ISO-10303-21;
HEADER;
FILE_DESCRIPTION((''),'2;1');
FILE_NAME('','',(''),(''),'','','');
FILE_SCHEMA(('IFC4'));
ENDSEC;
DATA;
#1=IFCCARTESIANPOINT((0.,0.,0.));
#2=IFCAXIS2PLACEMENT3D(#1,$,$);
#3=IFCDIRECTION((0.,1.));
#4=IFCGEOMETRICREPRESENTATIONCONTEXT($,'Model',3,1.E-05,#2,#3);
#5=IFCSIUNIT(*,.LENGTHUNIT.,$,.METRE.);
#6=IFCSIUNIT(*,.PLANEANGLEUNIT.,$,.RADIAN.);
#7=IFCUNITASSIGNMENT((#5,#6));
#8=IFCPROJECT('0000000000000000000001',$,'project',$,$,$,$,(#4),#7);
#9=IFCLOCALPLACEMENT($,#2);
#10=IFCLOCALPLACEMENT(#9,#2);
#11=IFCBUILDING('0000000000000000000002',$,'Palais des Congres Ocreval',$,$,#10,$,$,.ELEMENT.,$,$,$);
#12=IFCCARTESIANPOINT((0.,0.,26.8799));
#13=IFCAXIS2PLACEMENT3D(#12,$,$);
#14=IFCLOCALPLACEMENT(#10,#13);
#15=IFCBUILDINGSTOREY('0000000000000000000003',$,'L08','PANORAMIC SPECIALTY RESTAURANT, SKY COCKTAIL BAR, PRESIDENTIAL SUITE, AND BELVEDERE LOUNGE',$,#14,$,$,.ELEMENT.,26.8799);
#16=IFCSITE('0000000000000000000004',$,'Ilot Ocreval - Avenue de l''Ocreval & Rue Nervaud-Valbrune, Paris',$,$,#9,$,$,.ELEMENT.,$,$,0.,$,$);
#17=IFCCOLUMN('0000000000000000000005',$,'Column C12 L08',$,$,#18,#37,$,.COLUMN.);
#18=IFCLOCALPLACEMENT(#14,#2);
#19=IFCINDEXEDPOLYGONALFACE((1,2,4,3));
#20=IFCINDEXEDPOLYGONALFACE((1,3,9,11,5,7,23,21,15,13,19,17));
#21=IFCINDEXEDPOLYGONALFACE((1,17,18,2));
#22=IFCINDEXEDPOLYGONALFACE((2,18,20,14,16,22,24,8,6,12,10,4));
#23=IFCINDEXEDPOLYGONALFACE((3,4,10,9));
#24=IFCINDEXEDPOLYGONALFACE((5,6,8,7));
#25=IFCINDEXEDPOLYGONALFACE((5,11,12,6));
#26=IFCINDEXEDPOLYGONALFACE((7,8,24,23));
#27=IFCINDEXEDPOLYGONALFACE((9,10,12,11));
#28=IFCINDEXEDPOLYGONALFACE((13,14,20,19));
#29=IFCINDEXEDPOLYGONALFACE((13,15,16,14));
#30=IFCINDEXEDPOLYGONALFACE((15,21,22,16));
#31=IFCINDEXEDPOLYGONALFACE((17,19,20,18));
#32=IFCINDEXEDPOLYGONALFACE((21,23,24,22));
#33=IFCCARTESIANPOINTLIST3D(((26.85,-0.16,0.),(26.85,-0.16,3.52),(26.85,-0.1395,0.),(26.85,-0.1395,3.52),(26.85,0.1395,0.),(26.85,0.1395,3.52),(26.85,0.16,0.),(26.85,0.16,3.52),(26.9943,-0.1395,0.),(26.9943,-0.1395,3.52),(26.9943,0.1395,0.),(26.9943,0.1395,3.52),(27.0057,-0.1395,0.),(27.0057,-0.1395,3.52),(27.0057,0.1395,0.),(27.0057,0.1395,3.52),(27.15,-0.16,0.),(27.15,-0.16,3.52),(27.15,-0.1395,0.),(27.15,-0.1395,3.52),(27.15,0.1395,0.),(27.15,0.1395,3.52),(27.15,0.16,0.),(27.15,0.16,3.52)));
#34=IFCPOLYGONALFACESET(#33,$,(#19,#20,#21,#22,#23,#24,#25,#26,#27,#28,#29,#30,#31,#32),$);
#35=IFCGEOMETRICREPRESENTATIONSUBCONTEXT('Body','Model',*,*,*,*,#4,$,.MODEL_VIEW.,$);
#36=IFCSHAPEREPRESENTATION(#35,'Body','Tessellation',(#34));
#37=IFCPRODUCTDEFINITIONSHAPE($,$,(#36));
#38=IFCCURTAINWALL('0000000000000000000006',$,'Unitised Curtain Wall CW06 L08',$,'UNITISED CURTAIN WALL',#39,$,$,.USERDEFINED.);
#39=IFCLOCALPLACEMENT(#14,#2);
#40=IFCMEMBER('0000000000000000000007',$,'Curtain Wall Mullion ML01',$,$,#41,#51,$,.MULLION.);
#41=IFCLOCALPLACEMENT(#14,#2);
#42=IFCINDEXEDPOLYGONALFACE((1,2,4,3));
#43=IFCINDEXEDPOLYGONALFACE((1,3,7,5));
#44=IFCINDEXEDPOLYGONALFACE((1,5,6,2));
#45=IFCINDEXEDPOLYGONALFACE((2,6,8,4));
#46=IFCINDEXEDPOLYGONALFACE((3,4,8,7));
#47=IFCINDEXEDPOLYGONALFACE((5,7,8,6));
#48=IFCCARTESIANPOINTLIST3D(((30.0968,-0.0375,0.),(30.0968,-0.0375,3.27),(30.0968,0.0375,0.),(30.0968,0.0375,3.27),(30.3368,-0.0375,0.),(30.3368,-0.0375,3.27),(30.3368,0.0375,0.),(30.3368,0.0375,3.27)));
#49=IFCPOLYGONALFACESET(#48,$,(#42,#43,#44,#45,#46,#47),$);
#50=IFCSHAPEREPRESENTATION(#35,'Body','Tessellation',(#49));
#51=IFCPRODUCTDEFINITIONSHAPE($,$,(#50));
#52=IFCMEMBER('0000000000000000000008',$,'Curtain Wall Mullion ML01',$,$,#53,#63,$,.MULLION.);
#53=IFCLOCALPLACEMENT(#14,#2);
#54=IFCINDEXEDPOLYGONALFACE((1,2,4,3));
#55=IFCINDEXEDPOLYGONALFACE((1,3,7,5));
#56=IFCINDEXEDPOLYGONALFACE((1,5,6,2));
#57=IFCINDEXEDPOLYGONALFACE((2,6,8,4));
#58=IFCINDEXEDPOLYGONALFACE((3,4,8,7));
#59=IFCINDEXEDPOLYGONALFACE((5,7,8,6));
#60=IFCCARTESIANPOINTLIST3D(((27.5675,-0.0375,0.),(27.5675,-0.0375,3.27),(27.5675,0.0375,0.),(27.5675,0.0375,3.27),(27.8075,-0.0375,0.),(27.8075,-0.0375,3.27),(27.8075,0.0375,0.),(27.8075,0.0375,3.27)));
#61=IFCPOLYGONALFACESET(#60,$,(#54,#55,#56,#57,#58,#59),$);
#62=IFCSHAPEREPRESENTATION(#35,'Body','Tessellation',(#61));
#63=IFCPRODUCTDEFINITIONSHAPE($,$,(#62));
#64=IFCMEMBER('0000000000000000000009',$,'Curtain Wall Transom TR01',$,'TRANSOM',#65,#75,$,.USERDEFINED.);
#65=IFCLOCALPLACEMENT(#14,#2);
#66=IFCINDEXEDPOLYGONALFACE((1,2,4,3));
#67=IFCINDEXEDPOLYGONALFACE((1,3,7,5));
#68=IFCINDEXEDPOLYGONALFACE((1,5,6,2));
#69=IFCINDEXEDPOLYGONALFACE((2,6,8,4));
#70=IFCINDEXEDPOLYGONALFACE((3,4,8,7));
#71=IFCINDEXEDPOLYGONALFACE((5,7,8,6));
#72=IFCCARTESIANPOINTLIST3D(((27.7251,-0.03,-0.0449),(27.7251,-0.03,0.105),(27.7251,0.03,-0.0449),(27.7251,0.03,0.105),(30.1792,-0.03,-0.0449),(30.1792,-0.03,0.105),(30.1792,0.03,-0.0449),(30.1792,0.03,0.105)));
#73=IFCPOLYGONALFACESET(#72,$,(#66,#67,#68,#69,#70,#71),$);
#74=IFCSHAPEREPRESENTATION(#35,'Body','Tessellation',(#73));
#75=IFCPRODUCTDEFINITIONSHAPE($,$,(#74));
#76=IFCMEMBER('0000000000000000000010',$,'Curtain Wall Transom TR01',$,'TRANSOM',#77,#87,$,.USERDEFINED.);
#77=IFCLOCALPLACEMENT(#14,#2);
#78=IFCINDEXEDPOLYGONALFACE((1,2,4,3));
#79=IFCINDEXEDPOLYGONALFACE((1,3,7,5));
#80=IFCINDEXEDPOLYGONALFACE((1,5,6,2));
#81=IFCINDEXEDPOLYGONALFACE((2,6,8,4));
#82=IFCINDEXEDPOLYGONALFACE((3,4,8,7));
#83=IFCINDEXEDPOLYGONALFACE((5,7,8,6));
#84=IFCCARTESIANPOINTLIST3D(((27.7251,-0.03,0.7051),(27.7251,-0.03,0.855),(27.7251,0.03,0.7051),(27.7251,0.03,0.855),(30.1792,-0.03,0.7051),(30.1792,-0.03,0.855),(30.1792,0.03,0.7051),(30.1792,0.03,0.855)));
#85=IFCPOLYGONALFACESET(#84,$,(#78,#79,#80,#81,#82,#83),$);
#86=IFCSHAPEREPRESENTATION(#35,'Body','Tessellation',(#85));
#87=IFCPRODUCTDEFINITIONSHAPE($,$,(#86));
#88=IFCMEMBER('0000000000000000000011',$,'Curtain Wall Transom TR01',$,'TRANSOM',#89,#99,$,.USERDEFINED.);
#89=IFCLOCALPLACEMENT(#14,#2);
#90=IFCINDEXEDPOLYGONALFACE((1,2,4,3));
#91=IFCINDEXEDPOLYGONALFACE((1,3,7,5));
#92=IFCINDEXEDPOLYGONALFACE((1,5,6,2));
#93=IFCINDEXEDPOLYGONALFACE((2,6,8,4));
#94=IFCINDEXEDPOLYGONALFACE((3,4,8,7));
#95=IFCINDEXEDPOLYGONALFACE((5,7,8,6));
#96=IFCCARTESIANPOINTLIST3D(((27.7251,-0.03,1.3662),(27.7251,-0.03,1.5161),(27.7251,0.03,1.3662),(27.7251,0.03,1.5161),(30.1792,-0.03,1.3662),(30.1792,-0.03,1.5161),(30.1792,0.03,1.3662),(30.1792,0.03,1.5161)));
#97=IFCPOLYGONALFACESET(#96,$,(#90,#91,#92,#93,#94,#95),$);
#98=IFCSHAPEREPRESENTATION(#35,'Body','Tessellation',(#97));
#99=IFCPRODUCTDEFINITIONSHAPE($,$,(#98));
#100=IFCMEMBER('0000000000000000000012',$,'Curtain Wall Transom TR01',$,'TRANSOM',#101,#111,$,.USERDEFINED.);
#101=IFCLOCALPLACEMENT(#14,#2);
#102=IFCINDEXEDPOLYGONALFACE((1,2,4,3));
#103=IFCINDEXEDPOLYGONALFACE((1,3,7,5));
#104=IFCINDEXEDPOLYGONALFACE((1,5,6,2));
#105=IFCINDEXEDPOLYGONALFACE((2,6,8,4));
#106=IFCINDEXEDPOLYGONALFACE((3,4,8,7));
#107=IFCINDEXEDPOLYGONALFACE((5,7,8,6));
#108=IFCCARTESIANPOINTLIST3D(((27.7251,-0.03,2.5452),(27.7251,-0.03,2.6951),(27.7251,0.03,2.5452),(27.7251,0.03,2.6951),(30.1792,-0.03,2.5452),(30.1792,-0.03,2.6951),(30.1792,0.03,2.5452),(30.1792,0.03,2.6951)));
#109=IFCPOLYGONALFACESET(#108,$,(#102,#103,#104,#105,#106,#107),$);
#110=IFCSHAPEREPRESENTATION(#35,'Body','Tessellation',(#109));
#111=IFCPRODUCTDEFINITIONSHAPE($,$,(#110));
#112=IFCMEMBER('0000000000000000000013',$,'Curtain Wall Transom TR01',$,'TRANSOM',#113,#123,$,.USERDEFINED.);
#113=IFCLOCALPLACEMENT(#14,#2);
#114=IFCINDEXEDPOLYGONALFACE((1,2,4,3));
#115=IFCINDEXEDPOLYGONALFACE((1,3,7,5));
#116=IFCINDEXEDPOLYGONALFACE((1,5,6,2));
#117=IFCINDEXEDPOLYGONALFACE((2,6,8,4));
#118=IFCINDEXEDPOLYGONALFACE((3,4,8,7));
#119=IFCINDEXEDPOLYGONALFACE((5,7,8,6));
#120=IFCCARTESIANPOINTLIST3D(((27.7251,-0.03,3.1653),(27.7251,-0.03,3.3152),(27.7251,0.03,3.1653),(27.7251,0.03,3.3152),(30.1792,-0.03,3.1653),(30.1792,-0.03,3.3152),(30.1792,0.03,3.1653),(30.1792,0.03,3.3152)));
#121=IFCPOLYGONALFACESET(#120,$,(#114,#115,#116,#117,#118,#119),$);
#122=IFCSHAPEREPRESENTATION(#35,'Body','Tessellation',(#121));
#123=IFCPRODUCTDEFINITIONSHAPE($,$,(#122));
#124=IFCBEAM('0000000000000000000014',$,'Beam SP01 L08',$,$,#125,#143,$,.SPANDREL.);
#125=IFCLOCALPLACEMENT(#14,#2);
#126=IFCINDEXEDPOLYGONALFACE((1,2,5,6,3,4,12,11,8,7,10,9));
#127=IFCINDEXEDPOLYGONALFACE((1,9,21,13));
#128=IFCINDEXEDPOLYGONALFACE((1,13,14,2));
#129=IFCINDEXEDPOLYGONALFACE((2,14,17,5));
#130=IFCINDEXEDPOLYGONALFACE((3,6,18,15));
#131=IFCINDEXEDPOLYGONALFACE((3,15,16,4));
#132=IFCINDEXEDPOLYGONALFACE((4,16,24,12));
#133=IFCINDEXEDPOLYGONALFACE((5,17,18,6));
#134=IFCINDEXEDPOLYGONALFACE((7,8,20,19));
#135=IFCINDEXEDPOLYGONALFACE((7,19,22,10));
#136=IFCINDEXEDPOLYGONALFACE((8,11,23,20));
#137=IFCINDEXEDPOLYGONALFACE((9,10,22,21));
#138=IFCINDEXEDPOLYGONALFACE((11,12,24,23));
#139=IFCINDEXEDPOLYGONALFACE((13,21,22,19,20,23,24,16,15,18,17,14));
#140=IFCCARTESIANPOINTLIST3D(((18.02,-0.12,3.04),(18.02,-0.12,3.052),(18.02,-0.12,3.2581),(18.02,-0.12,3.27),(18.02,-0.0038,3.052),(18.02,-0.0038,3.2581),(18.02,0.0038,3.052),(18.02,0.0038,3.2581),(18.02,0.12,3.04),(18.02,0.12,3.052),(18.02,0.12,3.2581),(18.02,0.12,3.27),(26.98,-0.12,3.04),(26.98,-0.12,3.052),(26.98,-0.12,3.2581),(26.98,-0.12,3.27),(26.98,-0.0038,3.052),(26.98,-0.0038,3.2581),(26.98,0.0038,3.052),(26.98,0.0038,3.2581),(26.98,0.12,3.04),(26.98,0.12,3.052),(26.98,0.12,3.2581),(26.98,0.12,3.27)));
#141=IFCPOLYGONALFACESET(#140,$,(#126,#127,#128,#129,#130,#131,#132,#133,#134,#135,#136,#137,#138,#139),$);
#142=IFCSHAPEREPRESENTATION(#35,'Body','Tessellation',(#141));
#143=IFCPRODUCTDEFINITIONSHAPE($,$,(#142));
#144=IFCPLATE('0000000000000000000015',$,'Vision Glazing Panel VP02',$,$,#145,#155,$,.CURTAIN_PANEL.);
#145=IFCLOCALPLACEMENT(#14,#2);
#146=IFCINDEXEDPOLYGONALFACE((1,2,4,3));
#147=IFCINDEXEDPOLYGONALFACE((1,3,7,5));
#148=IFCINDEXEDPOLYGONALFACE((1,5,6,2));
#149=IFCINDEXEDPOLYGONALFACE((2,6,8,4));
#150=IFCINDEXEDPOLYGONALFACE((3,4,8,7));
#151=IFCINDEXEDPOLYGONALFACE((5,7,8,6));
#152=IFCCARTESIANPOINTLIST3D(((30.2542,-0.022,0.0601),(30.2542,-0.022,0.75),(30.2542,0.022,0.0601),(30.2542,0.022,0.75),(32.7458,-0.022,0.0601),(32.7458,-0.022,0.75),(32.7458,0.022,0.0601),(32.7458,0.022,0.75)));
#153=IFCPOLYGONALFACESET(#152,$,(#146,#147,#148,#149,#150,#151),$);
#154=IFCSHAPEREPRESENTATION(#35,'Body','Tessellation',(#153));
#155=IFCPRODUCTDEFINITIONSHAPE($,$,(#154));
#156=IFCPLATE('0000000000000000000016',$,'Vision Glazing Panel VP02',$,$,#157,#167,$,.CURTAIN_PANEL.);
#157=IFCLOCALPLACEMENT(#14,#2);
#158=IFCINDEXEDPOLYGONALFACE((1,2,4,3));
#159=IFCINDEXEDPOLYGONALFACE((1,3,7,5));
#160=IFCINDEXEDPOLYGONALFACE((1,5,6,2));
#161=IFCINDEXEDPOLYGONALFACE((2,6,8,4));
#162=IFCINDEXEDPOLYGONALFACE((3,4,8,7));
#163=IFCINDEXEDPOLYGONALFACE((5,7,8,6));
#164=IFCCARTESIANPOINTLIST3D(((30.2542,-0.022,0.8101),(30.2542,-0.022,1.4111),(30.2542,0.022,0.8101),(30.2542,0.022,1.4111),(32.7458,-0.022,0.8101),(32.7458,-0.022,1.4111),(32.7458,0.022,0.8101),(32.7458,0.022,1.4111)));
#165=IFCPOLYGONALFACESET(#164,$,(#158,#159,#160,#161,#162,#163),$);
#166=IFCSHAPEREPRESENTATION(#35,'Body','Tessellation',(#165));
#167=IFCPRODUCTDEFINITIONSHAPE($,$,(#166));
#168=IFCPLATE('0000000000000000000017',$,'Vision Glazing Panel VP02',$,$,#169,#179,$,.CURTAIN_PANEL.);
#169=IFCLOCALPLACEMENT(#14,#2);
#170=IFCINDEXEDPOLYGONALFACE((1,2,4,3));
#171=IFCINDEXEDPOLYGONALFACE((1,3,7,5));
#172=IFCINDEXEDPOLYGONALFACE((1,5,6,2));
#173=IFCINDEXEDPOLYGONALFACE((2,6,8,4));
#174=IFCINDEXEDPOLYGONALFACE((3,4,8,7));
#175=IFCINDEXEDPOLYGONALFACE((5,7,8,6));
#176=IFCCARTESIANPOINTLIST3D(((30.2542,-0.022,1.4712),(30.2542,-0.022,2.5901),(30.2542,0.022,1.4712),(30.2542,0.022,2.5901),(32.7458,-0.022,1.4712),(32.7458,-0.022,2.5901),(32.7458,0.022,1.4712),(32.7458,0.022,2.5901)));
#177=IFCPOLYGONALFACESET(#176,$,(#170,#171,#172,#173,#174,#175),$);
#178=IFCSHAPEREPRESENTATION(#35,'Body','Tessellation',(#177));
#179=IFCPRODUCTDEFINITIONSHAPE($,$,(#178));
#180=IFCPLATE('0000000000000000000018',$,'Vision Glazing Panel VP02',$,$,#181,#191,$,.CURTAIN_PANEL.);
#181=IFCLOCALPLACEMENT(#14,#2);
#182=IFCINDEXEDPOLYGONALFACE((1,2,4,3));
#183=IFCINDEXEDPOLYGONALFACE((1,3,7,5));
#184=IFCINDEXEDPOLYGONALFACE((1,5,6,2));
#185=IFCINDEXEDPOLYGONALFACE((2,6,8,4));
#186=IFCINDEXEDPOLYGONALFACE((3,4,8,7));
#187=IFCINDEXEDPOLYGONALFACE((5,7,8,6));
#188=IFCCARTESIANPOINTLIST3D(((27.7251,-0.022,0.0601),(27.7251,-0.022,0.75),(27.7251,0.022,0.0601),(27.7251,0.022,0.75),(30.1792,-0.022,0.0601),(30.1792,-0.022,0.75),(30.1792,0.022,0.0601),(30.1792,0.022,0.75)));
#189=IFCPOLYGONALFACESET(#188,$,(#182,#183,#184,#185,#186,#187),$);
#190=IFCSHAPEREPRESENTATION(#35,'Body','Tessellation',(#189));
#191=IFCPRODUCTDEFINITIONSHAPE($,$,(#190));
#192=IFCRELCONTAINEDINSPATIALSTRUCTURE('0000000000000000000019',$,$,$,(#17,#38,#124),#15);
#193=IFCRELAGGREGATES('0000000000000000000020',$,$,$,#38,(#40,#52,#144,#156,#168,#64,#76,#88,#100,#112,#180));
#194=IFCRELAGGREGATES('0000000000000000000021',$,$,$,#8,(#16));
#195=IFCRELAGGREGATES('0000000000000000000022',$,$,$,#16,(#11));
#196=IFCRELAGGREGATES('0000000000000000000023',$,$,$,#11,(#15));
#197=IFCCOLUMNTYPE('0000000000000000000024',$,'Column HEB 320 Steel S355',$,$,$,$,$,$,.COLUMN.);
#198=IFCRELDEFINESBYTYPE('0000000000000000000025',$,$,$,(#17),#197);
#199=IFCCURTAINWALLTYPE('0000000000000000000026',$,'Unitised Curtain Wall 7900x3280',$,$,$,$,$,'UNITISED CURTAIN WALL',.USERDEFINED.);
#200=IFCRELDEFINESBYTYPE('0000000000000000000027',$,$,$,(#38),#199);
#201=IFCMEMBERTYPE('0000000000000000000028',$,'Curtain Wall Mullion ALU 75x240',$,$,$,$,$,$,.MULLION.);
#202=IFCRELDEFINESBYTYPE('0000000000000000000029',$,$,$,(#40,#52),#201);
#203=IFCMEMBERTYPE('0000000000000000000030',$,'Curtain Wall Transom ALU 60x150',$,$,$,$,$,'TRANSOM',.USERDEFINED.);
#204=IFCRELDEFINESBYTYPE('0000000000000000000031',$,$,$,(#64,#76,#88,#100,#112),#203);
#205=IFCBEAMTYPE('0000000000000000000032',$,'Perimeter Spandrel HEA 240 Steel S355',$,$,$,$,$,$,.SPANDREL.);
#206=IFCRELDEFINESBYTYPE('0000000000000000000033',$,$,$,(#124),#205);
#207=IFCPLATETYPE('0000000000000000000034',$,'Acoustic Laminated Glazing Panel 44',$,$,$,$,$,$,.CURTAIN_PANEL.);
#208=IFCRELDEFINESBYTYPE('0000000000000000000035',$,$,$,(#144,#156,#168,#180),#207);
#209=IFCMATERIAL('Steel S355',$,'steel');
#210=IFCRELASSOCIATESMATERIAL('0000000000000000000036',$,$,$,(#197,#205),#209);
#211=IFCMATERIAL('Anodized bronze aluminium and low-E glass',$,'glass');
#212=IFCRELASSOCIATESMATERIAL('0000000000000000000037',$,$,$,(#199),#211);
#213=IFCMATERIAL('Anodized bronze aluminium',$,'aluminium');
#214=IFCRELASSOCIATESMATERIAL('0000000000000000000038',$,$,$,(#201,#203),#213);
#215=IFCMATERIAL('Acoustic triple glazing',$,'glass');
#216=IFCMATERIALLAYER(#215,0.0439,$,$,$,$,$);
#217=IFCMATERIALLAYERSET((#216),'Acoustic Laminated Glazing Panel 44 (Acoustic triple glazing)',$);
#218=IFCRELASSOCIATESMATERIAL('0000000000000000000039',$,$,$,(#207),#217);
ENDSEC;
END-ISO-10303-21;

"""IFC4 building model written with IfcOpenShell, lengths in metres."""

from ifc_helpers import new_model, si_unit, direction, frame, origin, origin_2d, place, context, subcontext, project, spatial, rectangle, i_section, extrude, material, layer, layer_set, material_profile, profile_set, type_object, element, aggregate, save


model = new_model("IFC4")

# Units and contexts
model_context = context("Model", 3, precision=1e-05, world=origin(), true_north=direction((0.0, 1.0)))
body_context = subcontext(model_context, "Body", "Model", "MODEL_VIEW")
ifc_project = project(units=[si_unit("LENGTHUNIT", "METRE"), si_unit("PLANEANGLEUNIT", "RADIAN")], contexts=[model_context])

# Site, building, storey
site_placement = place(None, origin())
site = spatial("IfcSite", under=ifc_project, at=site_placement, Name="Ilot Ocreval - Avenue de l'Ocreval & Rue Nervaud-Valbrune, Paris", CompositionType="ELEMENT", RefElevation=0.0)
building_placement = place(site_placement, origin())
building = spatial("IfcBuilding", under=site, at=building_placement, Name="Palais des Congres Ocreval", CompositionType="ELEMENT")
storey_placement = place(building_placement, frame((0.0, 0.0, 26.8799)))
storey = spatial("IfcBuildingStorey", under=building, at=storey_placement, Name="L08", Description="PANORAMIC SPECIALTY RESTAURANT, SKY COCKTAIL BAR, PRESIDENTIAL SUITE, AND BELVEDERE LOUNGE", CompositionType="ELEMENT", Elevation=26.8799)

# Column
ifc_material_1 = material(Name="Steel S355", Category="steel")
ifc_material_profile_1 = material_profile(ifc_material_1, i_section(OverallWidth=0.3, OverallDepth=0.3201, WebThickness=0.0115, FlangeThickness=0.0205, at=origin_2d()), Name="HEB 320")
ifc_profile_set_1 = profile_set([ifc_material_profile_1], Name="Steel S355")
column_type = type_object("IfcColumnType", Name="Column HEB 320 Steel S355", PredefinedType="COLUMN", material=ifc_profile_set_1)
column_placement = place(storey_placement, frame((27.0, 0.0, 0.0), z_axis=(0.0, 0.0, 1.0), x_axis=(1.0, 0.0, 0.0)))
element("IfcColumn", 1, at=column_placement, inside=storey, type_object=column_type, Name="Column C12 L08", PredefinedType="COLUMN", context=body_context, shape_type="SweptSolid", body=[
    extrude(i_section(OverallWidth=0.3, OverallDepth=0.3201, WebThickness=0.0115, FlangeThickness=0.0205, at=origin_2d()), origin(), (0.0, 0.0, 1.0), 3.52),
])

# Curtain wall, members
ifc_material_2 = material(Name="Anodized bronze aluminium and low-E glass", Category="glass")
curtain_wall_type = type_object("IfcCurtainWallType", Name="Unitised Curtain Wall 7900x3280", ElementType="UNITISED CURTAIN WALL", PredefinedType="USERDEFINED", material=ifc_material_2)
curtain_wall_placement = place(storey_placement, origin())
curtain_wall = element("IfcCurtainWall", 2, at=curtain_wall_placement, inside=storey, type_object=curtain_wall_type, Name="Unitised Curtain Wall CW06 L08", ObjectType="UNITISED CURTAIN WALL", PredefinedType="USERDEFINED")
ifc_material_3 = material(Name="Anodized bronze aluminium", Category="aluminium")
ifc_material_profile_2 = material_profile(ifc_material_3, rectangle(XDim=0.075, YDim=0.24, at=origin_2d()), Name="ALU 75x240")
ifc_profile_set_2 = profile_set([ifc_material_profile_2], Name="Anodized bronze aluminium")
member_type_1 = type_object("IfcMemberType", Name="Curtain Wall Mullion ALU 75x240", PredefinedType="MULLION", material=ifc_profile_set_2)
member_1_placement = place(storey_placement, frame((30.2168, 0.0, 0.0), z_axis=(0.0, 0.0, 1.0), x_axis=(0.0, -1.0, 0.0)))
member_1 = element("IfcMember", 3, at=member_1_placement, type_object=member_type_1, Name="Curtain Wall Mullion ML01", PredefinedType="MULLION", context=body_context, shape_type="SweptSolid", body=[
    extrude(rectangle(XDim=0.075, YDim=0.24, at=origin_2d()), origin(), (0.0, 0.0, 1.0), 3.27),
])
member_2_placement = place(storey_placement, frame((27.6875, 0.0, 0.0), z_axis=(0.0, 0.0, 1.0), x_axis=(0.0, -1.0, 0.0)))
member_2 = element("IfcMember", 4, at=member_2_placement, type_object=member_type_1, Name="Curtain Wall Mullion ML01", PredefinedType="MULLION", context=body_context, shape_type="SweptSolid", body=[
    extrude(rectangle(XDim=0.075, YDim=0.24, at=origin_2d()), origin(), (0.0, 0.0, 1.0), 3.27),
])
ifc_material_profile_3 = material_profile(ifc_material_3, rectangle(XDim=0.0601, YDim=0.1499, at=origin_2d()), Name="ALU 60x150")
ifc_profile_set_3 = profile_set([ifc_material_profile_3], Name="Anodized bronze aluminium")
member_type_2 = type_object("IfcMemberType", Name="Curtain Wall Transom ALU 60x150", ElementType="TRANSOM", PredefinedType="USERDEFINED", material=ifc_profile_set_3)
member_3_placement = place(storey_placement, frame((30.1792, 0.0, 0.03), z_axis=(-1.0, 0.0, 0.0), x_axis=(0.0, -1.0, 0.0)))
member_3 = element("IfcMember", 5, at=member_3_placement, type_object=member_type_2, Name="Curtain Wall Transom TR01", ObjectType="TRANSOM", PredefinedType="USERDEFINED", context=body_context, shape_type="SweptSolid", body=[
    extrude(rectangle(XDim=0.0601, YDim=0.1499, at=origin_2d()), origin(), (0.0, 0.0, 1.0), 2.4541),
])
member_4_placement = place(storey_placement, frame((30.1792, 0.0, 0.78), z_axis=(-1.0, 0.0, 0.0), x_axis=(0.0, -1.0, 0.0)))
member_4 = element("IfcMember", 6, at=member_4_placement, type_object=member_type_2, Name="Curtain Wall Transom TR01", ObjectType="TRANSOM", PredefinedType="USERDEFINED", context=body_context, shape_type="SweptSolid", body=[
    extrude(rectangle(XDim=0.0601, YDim=0.1499, at=origin_2d()), origin(), (0.0, 0.0, 1.0), 2.4541),
])
member_5_placement = place(storey_placement, frame((30.1792, 0.0, 1.4412), z_axis=(-1.0, 0.0, 0.0), x_axis=(0.0, -1.0, 0.0)))
member_5 = element("IfcMember", 7, at=member_5_placement, type_object=member_type_2, Name="Curtain Wall Transom TR01", ObjectType="TRANSOM", PredefinedType="USERDEFINED", context=body_context, shape_type="SweptSolid", body=[
    extrude(rectangle(XDim=0.0601, YDim=0.1499, at=origin_2d()), origin(), (0.0, 0.0, 1.0), 2.4541),
])
member_6_placement = place(storey_placement, frame((30.1792, 0.0, 2.6201), z_axis=(-1.0, 0.0, 0.0), x_axis=(0.0, -1.0, 0.0)))
member_6 = element("IfcMember", 8, at=member_6_placement, type_object=member_type_2, Name="Curtain Wall Transom TR01", ObjectType="TRANSOM", PredefinedType="USERDEFINED", context=body_context, shape_type="SweptSolid", body=[
    extrude(rectangle(XDim=0.0601, YDim=0.1499, at=origin_2d()), origin(), (0.0, 0.0, 1.0), 2.4541),
])
member_7_placement = place(storey_placement, frame((30.1792, 0.0, 3.2402), z_axis=(-1.0, 0.0, 0.0), x_axis=(0.0, -1.0, 0.0)))
member_7 = element("IfcMember", 9, at=member_7_placement, type_object=member_type_2, Name="Curtain Wall Transom TR01", ObjectType="TRANSOM", PredefinedType="USERDEFINED", context=body_context, shape_type="SweptSolid", body=[
    extrude(rectangle(XDim=0.0601, YDim=0.1499, at=origin_2d()), origin(), (0.0, 0.0, 1.0), 2.4541),
])

# Beam
ifc_material_profile_4 = material_profile(ifc_material_1, i_section(OverallWidth=0.24, OverallDepth=0.23, WebThickness=0.0076, FlangeThickness=0.012, at=origin_2d()), Name="HEA 240")
ifc_profile_set_4 = profile_set([ifc_material_profile_4], Name="Steel S355")
beam_type = type_object("IfcBeamType", Name="Perimeter Spandrel HEA 240 Steel S355", PredefinedType="SPANDREL", material=ifc_profile_set_4)
beam_placement = place(storey_placement, frame((18.02, 0.0, 3.155), z_axis=(1.0, 0.0, 0.0), x_axis=(0.0, 1.0, 0.0)))
element("IfcBeam", 10, at=beam_placement, inside=storey, type_object=beam_type, Name="Beam SP01 L08", PredefinedType="SPANDREL", context=body_context, shape_type="SweptSolid", body=[
    extrude(i_section(OverallWidth=0.24, OverallDepth=0.23, WebThickness=0.0076, FlangeThickness=0.012, at=origin_2d()), origin(), (0.0, 0.0, 1.0), 8.96),
])

# Plates
ifc_material_4 = material(Name="Acoustic triple glazing", Category="glass")
ifc_layer_1 = layer(ifc_material_4, 0.0439)
ifc_layer_set_1 = layer_set([ifc_layer_1], Name="Acoustic Laminated Glazing Panel 44 (Acoustic triple glazing)")
plate_type_1 = type_object("IfcPlateType", Name="Acoustic Laminated Glazing Panel 44", PredefinedType="CURTAIN_PANEL", material=ifc_layer_set_1)
plate_1_placement = place(storey_placement, frame((31.5, 0.0, 0.0601), z_axis=(0.0, 0.0, 1.0), x_axis=(-1.0, 0.0, 0.0)))
plate_1 = element("IfcPlate", 11, at=plate_1_placement, type_object=plate_type_1, Name="Vision Glazing Panel VP02", PredefinedType="CURTAIN_PANEL", context=body_context, shape_type="SweptSolid", body=[
    extrude(rectangle(XDim=2.4917, YDim=0.0439, at=origin_2d()), origin(), (0.0, 0.0, 1.0), 0.6899),
])
plate_2_placement = place(storey_placement, frame((31.5, 0.0, 0.8101), z_axis=(0.0, 0.0, 1.0), x_axis=(-1.0, 0.0, 0.0)))
plate_2 = element("IfcPlate", 12, at=plate_2_placement, type_object=plate_type_1, Name="Vision Glazing Panel VP02", PredefinedType="CURTAIN_PANEL", context=body_context, shape_type="SweptSolid", body=[
    extrude(rectangle(XDim=2.4917, YDim=0.0439, at=origin_2d()), origin(), (0.0, 0.0, 1.0), 0.6011),
])
plate_3_placement = place(storey_placement, frame((31.5, 0.0, 1.4712), z_axis=(0.0, 0.0, 1.0), x_axis=(-1.0, 0.0, 0.0)))
plate_3 = element("IfcPlate", 13, at=plate_3_placement, type_object=plate_type_1, Name="Vision Glazing Panel VP02", PredefinedType="CURTAIN_PANEL", context=body_context, shape_type="SweptSolid", body=[
    extrude(rectangle(XDim=2.4917, YDim=0.0439, at=origin_2d()), origin(), (0.0, 0.0, 1.0), 1.1189),
])
plate_4_placement = place(storey_placement, frame((28.9521, 0.0, 0.0601), z_axis=(0.0, 0.0, 1.0), x_axis=(-1.0, 0.0, 0.0)))
plate_4 = element("IfcPlate", 14, at=plate_4_placement, type_object=plate_type_1, Name="Vision Glazing Panel VP02", PredefinedType="CURTAIN_PANEL", context=body_context, shape_type="SweptSolid", body=[
    extrude(rectangle(XDim=2.4541, YDim=0.0439, at=origin_2d()), origin(), (0.0, 0.0, 1.0), 0.6899),
])
aggregate(curtain_wall, [member_1, member_2, plate_1, plate_2, plate_3, member_3, member_4, member_5, member_6, member_7, plate_4])

save(model, "model.ifc")
